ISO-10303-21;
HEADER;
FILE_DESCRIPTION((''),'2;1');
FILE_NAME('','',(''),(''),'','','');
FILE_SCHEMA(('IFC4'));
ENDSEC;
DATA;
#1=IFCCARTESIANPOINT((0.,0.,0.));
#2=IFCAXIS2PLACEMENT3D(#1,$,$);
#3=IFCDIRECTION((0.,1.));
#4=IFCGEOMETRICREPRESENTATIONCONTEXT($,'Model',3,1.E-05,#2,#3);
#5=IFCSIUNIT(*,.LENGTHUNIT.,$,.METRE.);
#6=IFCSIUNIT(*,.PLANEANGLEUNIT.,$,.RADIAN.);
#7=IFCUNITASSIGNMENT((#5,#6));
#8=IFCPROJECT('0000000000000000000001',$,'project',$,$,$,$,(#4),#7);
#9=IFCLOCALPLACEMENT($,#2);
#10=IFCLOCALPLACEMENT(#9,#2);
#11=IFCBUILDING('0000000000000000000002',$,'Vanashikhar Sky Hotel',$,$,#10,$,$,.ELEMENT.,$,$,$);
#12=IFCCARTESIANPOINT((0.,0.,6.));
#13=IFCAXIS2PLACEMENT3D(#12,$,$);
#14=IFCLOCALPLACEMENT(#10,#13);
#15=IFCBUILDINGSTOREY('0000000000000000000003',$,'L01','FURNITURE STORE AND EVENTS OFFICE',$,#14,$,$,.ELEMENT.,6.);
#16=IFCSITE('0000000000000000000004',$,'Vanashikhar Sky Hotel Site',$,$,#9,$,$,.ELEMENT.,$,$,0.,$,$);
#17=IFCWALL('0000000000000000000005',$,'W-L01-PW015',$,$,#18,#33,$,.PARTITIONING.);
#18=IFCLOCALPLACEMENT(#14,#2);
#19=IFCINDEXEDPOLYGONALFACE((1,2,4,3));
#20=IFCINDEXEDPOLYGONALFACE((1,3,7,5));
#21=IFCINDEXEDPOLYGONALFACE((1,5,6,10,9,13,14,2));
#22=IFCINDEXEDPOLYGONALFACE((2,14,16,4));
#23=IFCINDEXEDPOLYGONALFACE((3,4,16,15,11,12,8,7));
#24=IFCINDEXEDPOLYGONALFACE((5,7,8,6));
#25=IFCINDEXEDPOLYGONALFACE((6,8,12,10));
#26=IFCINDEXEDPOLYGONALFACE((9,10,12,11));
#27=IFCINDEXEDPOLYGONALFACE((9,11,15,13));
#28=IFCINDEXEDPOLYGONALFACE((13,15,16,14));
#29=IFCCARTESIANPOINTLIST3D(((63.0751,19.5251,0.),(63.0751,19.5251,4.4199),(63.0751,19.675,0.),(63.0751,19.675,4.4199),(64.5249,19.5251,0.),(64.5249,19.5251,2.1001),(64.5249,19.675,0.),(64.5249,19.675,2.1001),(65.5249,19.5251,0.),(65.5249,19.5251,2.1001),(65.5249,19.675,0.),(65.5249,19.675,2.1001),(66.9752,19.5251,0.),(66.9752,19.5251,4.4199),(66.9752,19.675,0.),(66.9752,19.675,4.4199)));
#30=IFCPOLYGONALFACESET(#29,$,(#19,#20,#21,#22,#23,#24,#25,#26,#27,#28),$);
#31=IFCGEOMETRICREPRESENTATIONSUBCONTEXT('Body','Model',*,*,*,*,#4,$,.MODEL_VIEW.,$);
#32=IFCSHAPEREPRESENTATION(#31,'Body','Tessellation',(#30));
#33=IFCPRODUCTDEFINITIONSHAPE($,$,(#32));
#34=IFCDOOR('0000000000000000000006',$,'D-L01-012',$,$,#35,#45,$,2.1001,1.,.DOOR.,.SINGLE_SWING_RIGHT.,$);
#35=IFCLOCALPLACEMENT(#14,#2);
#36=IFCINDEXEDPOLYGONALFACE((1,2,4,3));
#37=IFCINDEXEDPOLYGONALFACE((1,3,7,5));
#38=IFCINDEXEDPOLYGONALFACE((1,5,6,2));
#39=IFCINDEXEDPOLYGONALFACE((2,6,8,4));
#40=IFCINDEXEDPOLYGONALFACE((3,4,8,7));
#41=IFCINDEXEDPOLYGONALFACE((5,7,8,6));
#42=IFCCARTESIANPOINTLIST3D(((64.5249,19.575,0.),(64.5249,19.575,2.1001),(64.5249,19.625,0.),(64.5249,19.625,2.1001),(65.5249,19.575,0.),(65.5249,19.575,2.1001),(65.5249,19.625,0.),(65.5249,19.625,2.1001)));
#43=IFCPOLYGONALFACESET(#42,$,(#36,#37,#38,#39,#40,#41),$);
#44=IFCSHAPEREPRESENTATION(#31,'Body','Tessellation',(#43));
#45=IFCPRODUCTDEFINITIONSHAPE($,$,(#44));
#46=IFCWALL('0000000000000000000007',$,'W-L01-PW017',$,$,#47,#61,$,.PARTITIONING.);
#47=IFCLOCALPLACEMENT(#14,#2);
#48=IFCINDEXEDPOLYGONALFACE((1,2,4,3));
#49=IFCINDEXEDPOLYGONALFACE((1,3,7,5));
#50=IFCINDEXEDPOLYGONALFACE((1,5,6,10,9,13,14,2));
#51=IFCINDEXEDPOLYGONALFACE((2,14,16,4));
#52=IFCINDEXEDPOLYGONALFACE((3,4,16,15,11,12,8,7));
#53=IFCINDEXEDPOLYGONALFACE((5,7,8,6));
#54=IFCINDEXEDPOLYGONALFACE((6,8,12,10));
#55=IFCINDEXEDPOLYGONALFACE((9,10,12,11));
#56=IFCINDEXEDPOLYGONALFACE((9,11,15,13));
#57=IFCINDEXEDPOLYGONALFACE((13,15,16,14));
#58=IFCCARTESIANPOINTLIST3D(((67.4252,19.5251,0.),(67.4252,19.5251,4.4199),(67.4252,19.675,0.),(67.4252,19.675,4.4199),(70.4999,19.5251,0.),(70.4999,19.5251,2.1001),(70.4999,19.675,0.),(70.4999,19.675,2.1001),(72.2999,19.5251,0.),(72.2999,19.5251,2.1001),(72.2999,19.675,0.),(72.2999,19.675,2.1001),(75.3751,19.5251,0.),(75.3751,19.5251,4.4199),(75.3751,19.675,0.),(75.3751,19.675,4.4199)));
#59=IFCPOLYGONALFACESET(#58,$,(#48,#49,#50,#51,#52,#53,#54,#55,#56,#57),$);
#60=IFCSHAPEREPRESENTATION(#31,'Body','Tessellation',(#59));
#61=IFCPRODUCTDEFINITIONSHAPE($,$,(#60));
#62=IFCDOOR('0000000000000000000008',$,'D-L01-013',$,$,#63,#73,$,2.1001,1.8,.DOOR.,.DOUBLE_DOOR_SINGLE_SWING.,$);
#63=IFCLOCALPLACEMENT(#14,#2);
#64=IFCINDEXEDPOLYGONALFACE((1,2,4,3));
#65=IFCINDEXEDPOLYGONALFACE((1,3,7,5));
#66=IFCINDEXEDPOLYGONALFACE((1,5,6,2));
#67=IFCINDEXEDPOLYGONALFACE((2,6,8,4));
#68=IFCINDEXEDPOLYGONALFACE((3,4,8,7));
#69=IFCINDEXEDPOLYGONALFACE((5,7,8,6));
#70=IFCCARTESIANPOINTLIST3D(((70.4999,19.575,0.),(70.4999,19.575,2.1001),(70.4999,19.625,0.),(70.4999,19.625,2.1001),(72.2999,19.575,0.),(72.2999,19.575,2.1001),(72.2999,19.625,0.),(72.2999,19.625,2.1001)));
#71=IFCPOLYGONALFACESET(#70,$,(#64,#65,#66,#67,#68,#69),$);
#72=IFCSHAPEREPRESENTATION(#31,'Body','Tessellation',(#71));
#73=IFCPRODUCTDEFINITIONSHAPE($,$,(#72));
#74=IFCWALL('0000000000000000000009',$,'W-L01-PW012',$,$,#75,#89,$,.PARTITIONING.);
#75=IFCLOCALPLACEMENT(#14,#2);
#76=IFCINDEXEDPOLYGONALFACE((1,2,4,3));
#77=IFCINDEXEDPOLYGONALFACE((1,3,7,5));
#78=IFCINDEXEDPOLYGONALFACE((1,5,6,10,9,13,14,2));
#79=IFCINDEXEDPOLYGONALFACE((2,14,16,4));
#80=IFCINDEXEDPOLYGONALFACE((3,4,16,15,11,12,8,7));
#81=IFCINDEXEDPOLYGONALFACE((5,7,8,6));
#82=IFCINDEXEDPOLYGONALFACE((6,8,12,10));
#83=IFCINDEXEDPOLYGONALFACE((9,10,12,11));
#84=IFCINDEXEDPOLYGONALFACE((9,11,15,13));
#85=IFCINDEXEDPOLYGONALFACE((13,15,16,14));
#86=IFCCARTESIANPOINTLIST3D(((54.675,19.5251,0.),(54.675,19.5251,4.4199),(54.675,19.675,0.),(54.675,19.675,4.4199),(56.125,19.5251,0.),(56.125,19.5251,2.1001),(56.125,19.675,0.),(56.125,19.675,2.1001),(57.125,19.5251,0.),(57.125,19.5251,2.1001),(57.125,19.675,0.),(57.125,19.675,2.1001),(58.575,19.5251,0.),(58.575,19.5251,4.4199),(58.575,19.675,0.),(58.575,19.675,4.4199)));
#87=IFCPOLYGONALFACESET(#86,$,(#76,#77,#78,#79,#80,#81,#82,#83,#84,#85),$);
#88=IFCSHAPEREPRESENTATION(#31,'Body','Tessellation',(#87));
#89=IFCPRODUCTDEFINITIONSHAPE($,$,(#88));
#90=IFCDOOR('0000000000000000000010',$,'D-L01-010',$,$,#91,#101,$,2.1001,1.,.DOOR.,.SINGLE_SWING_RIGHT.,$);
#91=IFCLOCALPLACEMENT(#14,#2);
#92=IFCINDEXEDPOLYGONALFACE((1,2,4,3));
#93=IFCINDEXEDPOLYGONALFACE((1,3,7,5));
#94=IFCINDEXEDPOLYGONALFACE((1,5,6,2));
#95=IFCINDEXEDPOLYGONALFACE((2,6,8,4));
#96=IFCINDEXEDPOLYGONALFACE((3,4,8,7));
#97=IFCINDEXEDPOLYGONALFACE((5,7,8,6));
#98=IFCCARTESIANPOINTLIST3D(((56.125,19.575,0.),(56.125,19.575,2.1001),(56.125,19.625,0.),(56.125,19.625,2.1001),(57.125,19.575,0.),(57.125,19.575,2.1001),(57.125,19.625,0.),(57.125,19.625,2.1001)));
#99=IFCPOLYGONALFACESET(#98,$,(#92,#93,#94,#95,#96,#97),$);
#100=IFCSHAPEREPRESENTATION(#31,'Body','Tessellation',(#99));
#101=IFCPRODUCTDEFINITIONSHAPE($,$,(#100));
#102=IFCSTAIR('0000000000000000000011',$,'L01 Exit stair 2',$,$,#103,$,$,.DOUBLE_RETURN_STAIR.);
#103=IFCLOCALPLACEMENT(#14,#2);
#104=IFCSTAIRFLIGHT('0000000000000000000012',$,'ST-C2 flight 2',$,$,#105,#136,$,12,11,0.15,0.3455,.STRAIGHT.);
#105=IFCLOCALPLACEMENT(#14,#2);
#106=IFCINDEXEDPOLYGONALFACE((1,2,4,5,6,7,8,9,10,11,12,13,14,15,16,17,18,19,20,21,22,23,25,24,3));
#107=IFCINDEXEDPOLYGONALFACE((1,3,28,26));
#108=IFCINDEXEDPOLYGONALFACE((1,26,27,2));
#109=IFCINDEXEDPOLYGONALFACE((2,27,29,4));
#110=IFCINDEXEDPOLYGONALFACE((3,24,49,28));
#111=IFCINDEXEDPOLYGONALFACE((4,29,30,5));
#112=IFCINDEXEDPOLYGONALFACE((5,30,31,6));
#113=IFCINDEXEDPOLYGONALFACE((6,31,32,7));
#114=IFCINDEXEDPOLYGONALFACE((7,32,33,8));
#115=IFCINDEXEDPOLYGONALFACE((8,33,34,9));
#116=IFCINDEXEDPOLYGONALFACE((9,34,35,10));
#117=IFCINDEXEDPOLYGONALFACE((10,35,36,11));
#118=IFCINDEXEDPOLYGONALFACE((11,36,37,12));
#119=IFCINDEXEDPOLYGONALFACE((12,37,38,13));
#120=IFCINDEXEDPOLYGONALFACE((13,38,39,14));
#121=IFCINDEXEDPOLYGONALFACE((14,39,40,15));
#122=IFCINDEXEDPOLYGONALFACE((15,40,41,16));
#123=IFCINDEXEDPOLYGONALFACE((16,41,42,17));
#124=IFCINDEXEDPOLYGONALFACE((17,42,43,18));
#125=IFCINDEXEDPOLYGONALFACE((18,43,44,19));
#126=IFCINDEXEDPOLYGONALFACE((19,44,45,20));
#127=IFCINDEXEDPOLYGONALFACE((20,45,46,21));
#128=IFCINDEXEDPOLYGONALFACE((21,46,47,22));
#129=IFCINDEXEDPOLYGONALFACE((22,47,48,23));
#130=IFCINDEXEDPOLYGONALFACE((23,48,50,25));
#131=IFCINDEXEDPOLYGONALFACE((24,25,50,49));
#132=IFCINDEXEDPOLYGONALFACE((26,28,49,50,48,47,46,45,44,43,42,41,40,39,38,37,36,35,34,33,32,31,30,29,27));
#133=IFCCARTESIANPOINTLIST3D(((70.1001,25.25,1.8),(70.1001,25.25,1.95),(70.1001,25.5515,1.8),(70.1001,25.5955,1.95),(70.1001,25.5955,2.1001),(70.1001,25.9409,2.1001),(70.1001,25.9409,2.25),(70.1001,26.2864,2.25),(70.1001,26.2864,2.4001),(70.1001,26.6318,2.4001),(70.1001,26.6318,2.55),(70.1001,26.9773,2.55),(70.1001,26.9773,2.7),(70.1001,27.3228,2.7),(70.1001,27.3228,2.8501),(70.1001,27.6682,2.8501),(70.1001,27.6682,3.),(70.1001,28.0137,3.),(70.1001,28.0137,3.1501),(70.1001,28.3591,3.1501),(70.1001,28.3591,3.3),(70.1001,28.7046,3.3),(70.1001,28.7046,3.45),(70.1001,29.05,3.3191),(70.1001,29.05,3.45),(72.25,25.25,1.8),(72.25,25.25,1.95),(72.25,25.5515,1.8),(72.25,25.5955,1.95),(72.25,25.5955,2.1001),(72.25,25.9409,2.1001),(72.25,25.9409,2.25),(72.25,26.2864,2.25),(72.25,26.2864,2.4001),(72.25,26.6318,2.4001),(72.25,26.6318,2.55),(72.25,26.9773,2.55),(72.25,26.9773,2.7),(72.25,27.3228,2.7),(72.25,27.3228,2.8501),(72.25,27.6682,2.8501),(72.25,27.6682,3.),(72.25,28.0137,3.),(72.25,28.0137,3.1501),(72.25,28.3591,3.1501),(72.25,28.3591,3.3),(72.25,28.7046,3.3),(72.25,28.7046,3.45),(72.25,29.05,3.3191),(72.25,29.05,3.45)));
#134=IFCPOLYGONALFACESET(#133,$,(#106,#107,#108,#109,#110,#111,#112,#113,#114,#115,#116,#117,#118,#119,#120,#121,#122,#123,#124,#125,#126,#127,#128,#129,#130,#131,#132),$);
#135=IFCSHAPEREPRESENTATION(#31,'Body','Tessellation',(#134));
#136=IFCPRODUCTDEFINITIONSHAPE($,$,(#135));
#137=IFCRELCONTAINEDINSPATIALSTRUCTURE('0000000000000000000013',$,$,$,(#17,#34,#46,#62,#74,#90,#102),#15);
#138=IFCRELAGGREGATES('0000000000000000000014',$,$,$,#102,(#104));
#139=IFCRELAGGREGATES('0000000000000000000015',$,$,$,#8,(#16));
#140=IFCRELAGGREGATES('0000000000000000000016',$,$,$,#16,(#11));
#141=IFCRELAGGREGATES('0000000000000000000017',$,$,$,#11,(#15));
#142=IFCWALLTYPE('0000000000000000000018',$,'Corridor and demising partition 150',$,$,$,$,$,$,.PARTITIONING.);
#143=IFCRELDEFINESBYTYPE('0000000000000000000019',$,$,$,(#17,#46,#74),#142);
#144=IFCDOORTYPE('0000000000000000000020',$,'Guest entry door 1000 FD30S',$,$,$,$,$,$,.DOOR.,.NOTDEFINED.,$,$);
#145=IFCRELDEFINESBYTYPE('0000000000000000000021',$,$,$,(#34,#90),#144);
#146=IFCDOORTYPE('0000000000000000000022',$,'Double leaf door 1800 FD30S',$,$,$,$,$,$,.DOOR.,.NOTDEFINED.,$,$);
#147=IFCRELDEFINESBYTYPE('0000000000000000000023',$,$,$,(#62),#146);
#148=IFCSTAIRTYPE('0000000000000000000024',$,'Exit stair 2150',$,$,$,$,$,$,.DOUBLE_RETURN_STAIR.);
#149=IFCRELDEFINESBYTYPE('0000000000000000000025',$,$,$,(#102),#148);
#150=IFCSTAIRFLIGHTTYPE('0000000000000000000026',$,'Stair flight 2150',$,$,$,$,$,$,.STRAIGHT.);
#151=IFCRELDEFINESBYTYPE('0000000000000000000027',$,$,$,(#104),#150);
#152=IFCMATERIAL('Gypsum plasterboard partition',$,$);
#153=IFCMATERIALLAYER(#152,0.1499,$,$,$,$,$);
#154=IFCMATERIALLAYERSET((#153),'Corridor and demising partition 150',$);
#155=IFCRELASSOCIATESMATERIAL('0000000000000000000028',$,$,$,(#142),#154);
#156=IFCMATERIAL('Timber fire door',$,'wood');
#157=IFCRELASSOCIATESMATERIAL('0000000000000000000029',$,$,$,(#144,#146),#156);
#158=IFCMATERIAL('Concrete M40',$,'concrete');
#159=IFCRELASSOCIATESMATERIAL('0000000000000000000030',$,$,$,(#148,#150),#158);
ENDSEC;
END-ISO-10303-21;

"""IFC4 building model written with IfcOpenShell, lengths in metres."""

from ifc_helpers import new_model, si_unit, direction, frame, frame_2d, origin, place, context, subcontext, project, spatial, polyline, rectangle, outline, extrude, source, transform, mapped, material, layer, layer_set, type_object, element, fill, aggregate, save


model = new_model("IFC4")

# Units and contexts
model_context = context("Model", 3, precision=1e-05, world=origin(), true_north=direction((0.0, 1.0)))
body_context = subcontext(model_context, "Body", "Model", "MODEL_VIEW")
ifc_project = project(units=[si_unit("LENGTHUNIT", "METRE"), si_unit("PLANEANGLEUNIT", "RADIAN")], contexts=[model_context])

# Site, building, storey
site_placement = place(None, origin())
site = spatial("IfcSite", under=ifc_project, at=site_placement, Name="Vanashikhar Sky Hotel Site", CompositionType="ELEMENT", RefElevation=0.0)
building_placement = place(site_placement, origin())
building = spatial("IfcBuilding", under=site, at=building_placement, Name="Vanashikhar Sky Hotel", CompositionType="ELEMENT")
storey_placement = place(building_placement, frame((0.0, 0.0, 6.0)))
storey = spatial("IfcBuildingStorey", under=building, at=storey_placement, Name="L01", Description="FURNITURE STORE AND EVENTS OFFICE", CompositionType="ELEMENT", Elevation=6.0)

# Walls, openings, doors
ifc_material_1 = material(Name="Gypsum plasterboard partition")
ifc_layer_1 = layer(ifc_material_1, 0.1499)
ifc_layer_set_1 = layer_set([ifc_layer_1], Name="Corridor and demising partition 150")
wall_type_1 = type_object("IfcWallType", Name="Corridor and demising partition 150", PredefinedType="PARTITIONING", material=ifc_layer_set_1)
shared_shape_1 = source(origin(), body_context, "Body", "SweptSolid", [
    extrude(rectangle(XDim=3.9001, YDim=0.1499, at=frame_2d((1.9502, 0.0))), origin(), (0.0, 0.0, 1.0), 4.4199),
])
shared_shape_2 = source(origin(), body_context, "Body", "SweptSolid", [
    extrude(rectangle(XDim=1.0, YDim=2.1001, at=frame_2d((0.5, 1.05))), frame((0.0, 0.085, 0.0), z_axis=(0.0, -1.0, 0.0), x_axis=(1.0, 0.0, 0.0)), (0.0, 0.0, 1.0), 0.1699),
])
ifc_material_2 = material(Name="Timber fire door", Category="wood")
door_type_1 = type_object("IfcDoorType", Name="Guest entry door 1000 FD30S", OperationType="NOTDEFINED", PredefinedType="DOOR", material=ifc_material_2)
shared_shape_3 = source(origin(), body_context, "Body", "SweptSolid", [
    extrude(rectangle(XDim=1.0, YDim=2.1001, at=frame_2d((0.5, 1.05))), frame((0.0, 0.0249, 0.0), z_axis=(0.0, -1.0, 0.0), x_axis=(1.0, 0.0, 0.0)), (0.0, 0.0, 1.0), 0.05),
])
wall_1_placement = place(storey_placement, frame((63.075, 19.6001, 0.0), z_axis=(0.0, 0.0, 1.0), x_axis=(1.0, 0.0, 0.0)))
wall_1 = element("IfcWall", 1, at=wall_1_placement, inside=storey, type_object=wall_type_1, Name="W-L01-PW015", PredefinedType="PARTITIONING", context=body_context, shape_type="MappedRepresentation", body=[
    mapped(shared_shape_1, transform((0.0, 0.0, 0.0), scale=1.0)),
])
opening_1_placement = place(wall_1_placement, frame((1.45, 0.0, 0.0)))
opening_1 = element("IfcOpeningElement", 2, at=opening_1_placement, cuts=wall_1, PredefinedType="OPENING", context=body_context, shape_type="MappedRepresentation", body=[
    mapped(shared_shape_2, transform((0.0, 0.0, 0.0), scale=1.0)),
])
door_1_placement = place(opening_1_placement, origin())
door_1 = element("IfcDoor", 3, at=door_1_placement, inside=storey, type_object=door_type_1, Name="D-L01-012", OperationType="SINGLE_SWING_RIGHT", OverallHeight=2.1001, OverallWidth=1.0, PredefinedType="DOOR", context=body_context, shape_type="MappedRepresentation", body=[
    mapped(shared_shape_3, transform((0.0, 0.0, 0.0), scale=1.0)),
])
fill(opening_1, door_1)
shared_shape_4 = source(origin(), body_context, "Body", "SweptSolid", [
    extrude(rectangle(XDim=7.95, YDim=0.1499, at=frame_2d((3.9751, 0.0))), origin(), (0.0, 0.0, 1.0), 4.4199),
])
wall_2_placement = place(storey_placement, frame((67.425, 19.6001, 0.0), z_axis=(0.0, 0.0, 1.0), x_axis=(1.0, 0.0, 0.0)))
wall_2 = element("IfcWall", 4, at=wall_2_placement, inside=storey, type_object=wall_type_1, Name="W-L01-PW017", PredefinedType="PARTITIONING", context=body_context, shape_type="MappedRepresentation", body=[
    mapped(shared_shape_4, transform((0.0, 0.0, 0.0), scale=1.0)),
])
shared_shape_5 = source(origin(), body_context, "Body", "SweptSolid", [
    extrude(rectangle(XDim=1.8, YDim=2.1001, at=frame_2d((0.8999, 1.05))), frame((0.0, 0.085, 0.0), z_axis=(0.0, -1.0, 0.0), x_axis=(1.0, 0.0, 0.0)), (0.0, 0.0, 1.0), 0.1699),
])
opening_2_placement = place(wall_2_placement, frame((3.075, 0.0, 0.0)))
opening_2 = element("IfcOpeningElement", 5, at=opening_2_placement, cuts=wall_2, PredefinedType="OPENING", context=body_context, shape_type="MappedRepresentation", body=[
    mapped(shared_shape_5, transform((0.0, 0.0, 0.0), scale=1.0)),
])
door_type_2 = type_object("IfcDoorType", Name="Double leaf door 1800 FD30S", OperationType="NOTDEFINED", PredefinedType="DOOR", material=ifc_material_2)
shared_shape_6 = source(origin(), body_context, "Body", "SweptSolid", [
    extrude(rectangle(XDim=1.8, YDim=2.1001, at=frame_2d((0.8999, 1.05))), frame((0.0, 0.0249, 0.0), z_axis=(0.0, -1.0, 0.0), x_axis=(1.0, 0.0, 0.0)), (0.0, 0.0, 1.0), 0.05),
])
door_2_placement = place(opening_2_placement, origin())
door_2 = element("IfcDoor", 6, at=door_2_placement, inside=storey, type_object=door_type_2, Name="D-L01-013", OperationType="DOUBLE_DOOR_SINGLE_SWING", OverallHeight=2.1001, OverallWidth=1.8, PredefinedType="DOOR", context=body_context, shape_type="MappedRepresentation", body=[
    mapped(shared_shape_6, transform((0.0, 0.0, 0.0), scale=1.0)),
])
fill(opening_2, door_2)
shared_shape_7 = source(origin(), body_context, "Body", "SweptSolid", [
    extrude(rectangle(XDim=3.8999, YDim=0.1499, at=frame_2d((1.95, 0.0))), origin(), (0.0, 0.0, 1.0), 4.4199),
])
wall_3_placement = place(storey_placement, frame((54.675, 19.6001, 0.0), z_axis=(0.0, 0.0, 1.0), x_axis=(1.0, 0.0, 0.0)))
wall_3 = element("IfcWall", 7, at=wall_3_placement, inside=storey, type_object=wall_type_1, Name="W-L01-PW012", PredefinedType="PARTITIONING", context=body_context, shape_type="MappedRepresentation", body=[
    mapped(shared_shape_7, transform((0.0, 0.0, 0.0), scale=1.0)),
])
opening_3_placement = place(wall_3_placement, frame((1.45, 0.0, 0.0)))
opening_3 = element("IfcOpeningElement", 8, at=opening_3_placement, cuts=wall_3, PredefinedType="OPENING", context=body_context, shape_type="MappedRepresentation", body=[
    mapped(shared_shape_2, transform((0.0, 0.0, 0.0), scale=1.0)),
])
door_3_placement = place(opening_3_placement, origin())
door_3 = element("IfcDoor", 9, at=door_3_placement, inside=storey, type_object=door_type_1, Name="D-L01-010", OperationType="SINGLE_SWING_RIGHT", OverallHeight=2.1001, OverallWidth=1.0, PredefinedType="DOOR", context=body_context, shape_type="MappedRepresentation", body=[
    mapped(shared_shape_3, transform((0.0, 0.0, 0.0), scale=1.0)),
])
fill(opening_3, door_3)

# Stair, stair flight
ifc_material_3 = material(Name="Concrete M40", Category="concrete")
stair_type = type_object("IfcStairType", Name="Exit stair 2150", PredefinedType="DOUBLE_RETURN_STAIR", material=ifc_material_3)
stair_placement = place(storey_placement, origin())
stair = element("IfcStair", 10, at=stair_placement, inside=storey, type_object=stair_type, Name="L01 Exit stair 2", PredefinedType="DOUBLE_RETURN_STAIR")
stair_flight_type = type_object("IfcStairFlightType", Name="Stair flight 2150", PredefinedType="STRAIGHT", material=ifc_material_3)
shared_shape_8 = source(origin(), body_context, "Body", "SweptSolid", [
    extrude(outline(polyline([(0.0, 0.0), (0.0, 0.1499), (0.3455, 0.1499), (0.3455, 0.3), (0.6909, 0.3), (0.6909, 0.45), (1.0364, 0.45), (1.0364, 0.6001), (1.3818, 0.6001), (1.3818, 0.75), (1.7273, 0.75), (1.7273, 0.8999), (2.0728, 0.8999), (2.0728, 1.05), (2.4182, 1.05), (2.4182, 1.2), (2.7637, 1.2), (2.7637, 1.3501), (3.1091, 1.3501), (3.1091, 1.5), (3.4546, 1.5), (3.4546, 1.6499), (3.8, 1.6499), (3.8, 1.8), (3.8, 1.519), (0.3015, 0.0), (0.0, 0.0)])), frame((0.0, 1.075, 0.0), z_axis=(0.0, -1.0, 0.0), x_axis=(1.0, 0.0, 0.0)), (0.0, 0.0, 1.0), 2.1499),
])
stair_flight_placement = place(storey_placement, frame((71.175, 25.25, 1.8), z_axis=(0.0, 0.0, 1.0), x_axis=(0.0, 1.0, 0.0)))
stair_flight = element("IfcStairFlight", 11, at=stair_flight_placement, type_object=stair_flight_type, Name="ST-C2 flight 2", NumberOfRisers=12, NumberOfTreads=11, PredefinedType="STRAIGHT", RiserHeight=0.15, TreadLength=0.3455, context=body_context, shape_type="MappedRepresentation", body=[
    mapped(shared_shape_8, transform((0.0, 0.0, 0.0), scale=1.0)),
])
aggregate(stair, [stair_flight])

save(model, "model.ifc")
